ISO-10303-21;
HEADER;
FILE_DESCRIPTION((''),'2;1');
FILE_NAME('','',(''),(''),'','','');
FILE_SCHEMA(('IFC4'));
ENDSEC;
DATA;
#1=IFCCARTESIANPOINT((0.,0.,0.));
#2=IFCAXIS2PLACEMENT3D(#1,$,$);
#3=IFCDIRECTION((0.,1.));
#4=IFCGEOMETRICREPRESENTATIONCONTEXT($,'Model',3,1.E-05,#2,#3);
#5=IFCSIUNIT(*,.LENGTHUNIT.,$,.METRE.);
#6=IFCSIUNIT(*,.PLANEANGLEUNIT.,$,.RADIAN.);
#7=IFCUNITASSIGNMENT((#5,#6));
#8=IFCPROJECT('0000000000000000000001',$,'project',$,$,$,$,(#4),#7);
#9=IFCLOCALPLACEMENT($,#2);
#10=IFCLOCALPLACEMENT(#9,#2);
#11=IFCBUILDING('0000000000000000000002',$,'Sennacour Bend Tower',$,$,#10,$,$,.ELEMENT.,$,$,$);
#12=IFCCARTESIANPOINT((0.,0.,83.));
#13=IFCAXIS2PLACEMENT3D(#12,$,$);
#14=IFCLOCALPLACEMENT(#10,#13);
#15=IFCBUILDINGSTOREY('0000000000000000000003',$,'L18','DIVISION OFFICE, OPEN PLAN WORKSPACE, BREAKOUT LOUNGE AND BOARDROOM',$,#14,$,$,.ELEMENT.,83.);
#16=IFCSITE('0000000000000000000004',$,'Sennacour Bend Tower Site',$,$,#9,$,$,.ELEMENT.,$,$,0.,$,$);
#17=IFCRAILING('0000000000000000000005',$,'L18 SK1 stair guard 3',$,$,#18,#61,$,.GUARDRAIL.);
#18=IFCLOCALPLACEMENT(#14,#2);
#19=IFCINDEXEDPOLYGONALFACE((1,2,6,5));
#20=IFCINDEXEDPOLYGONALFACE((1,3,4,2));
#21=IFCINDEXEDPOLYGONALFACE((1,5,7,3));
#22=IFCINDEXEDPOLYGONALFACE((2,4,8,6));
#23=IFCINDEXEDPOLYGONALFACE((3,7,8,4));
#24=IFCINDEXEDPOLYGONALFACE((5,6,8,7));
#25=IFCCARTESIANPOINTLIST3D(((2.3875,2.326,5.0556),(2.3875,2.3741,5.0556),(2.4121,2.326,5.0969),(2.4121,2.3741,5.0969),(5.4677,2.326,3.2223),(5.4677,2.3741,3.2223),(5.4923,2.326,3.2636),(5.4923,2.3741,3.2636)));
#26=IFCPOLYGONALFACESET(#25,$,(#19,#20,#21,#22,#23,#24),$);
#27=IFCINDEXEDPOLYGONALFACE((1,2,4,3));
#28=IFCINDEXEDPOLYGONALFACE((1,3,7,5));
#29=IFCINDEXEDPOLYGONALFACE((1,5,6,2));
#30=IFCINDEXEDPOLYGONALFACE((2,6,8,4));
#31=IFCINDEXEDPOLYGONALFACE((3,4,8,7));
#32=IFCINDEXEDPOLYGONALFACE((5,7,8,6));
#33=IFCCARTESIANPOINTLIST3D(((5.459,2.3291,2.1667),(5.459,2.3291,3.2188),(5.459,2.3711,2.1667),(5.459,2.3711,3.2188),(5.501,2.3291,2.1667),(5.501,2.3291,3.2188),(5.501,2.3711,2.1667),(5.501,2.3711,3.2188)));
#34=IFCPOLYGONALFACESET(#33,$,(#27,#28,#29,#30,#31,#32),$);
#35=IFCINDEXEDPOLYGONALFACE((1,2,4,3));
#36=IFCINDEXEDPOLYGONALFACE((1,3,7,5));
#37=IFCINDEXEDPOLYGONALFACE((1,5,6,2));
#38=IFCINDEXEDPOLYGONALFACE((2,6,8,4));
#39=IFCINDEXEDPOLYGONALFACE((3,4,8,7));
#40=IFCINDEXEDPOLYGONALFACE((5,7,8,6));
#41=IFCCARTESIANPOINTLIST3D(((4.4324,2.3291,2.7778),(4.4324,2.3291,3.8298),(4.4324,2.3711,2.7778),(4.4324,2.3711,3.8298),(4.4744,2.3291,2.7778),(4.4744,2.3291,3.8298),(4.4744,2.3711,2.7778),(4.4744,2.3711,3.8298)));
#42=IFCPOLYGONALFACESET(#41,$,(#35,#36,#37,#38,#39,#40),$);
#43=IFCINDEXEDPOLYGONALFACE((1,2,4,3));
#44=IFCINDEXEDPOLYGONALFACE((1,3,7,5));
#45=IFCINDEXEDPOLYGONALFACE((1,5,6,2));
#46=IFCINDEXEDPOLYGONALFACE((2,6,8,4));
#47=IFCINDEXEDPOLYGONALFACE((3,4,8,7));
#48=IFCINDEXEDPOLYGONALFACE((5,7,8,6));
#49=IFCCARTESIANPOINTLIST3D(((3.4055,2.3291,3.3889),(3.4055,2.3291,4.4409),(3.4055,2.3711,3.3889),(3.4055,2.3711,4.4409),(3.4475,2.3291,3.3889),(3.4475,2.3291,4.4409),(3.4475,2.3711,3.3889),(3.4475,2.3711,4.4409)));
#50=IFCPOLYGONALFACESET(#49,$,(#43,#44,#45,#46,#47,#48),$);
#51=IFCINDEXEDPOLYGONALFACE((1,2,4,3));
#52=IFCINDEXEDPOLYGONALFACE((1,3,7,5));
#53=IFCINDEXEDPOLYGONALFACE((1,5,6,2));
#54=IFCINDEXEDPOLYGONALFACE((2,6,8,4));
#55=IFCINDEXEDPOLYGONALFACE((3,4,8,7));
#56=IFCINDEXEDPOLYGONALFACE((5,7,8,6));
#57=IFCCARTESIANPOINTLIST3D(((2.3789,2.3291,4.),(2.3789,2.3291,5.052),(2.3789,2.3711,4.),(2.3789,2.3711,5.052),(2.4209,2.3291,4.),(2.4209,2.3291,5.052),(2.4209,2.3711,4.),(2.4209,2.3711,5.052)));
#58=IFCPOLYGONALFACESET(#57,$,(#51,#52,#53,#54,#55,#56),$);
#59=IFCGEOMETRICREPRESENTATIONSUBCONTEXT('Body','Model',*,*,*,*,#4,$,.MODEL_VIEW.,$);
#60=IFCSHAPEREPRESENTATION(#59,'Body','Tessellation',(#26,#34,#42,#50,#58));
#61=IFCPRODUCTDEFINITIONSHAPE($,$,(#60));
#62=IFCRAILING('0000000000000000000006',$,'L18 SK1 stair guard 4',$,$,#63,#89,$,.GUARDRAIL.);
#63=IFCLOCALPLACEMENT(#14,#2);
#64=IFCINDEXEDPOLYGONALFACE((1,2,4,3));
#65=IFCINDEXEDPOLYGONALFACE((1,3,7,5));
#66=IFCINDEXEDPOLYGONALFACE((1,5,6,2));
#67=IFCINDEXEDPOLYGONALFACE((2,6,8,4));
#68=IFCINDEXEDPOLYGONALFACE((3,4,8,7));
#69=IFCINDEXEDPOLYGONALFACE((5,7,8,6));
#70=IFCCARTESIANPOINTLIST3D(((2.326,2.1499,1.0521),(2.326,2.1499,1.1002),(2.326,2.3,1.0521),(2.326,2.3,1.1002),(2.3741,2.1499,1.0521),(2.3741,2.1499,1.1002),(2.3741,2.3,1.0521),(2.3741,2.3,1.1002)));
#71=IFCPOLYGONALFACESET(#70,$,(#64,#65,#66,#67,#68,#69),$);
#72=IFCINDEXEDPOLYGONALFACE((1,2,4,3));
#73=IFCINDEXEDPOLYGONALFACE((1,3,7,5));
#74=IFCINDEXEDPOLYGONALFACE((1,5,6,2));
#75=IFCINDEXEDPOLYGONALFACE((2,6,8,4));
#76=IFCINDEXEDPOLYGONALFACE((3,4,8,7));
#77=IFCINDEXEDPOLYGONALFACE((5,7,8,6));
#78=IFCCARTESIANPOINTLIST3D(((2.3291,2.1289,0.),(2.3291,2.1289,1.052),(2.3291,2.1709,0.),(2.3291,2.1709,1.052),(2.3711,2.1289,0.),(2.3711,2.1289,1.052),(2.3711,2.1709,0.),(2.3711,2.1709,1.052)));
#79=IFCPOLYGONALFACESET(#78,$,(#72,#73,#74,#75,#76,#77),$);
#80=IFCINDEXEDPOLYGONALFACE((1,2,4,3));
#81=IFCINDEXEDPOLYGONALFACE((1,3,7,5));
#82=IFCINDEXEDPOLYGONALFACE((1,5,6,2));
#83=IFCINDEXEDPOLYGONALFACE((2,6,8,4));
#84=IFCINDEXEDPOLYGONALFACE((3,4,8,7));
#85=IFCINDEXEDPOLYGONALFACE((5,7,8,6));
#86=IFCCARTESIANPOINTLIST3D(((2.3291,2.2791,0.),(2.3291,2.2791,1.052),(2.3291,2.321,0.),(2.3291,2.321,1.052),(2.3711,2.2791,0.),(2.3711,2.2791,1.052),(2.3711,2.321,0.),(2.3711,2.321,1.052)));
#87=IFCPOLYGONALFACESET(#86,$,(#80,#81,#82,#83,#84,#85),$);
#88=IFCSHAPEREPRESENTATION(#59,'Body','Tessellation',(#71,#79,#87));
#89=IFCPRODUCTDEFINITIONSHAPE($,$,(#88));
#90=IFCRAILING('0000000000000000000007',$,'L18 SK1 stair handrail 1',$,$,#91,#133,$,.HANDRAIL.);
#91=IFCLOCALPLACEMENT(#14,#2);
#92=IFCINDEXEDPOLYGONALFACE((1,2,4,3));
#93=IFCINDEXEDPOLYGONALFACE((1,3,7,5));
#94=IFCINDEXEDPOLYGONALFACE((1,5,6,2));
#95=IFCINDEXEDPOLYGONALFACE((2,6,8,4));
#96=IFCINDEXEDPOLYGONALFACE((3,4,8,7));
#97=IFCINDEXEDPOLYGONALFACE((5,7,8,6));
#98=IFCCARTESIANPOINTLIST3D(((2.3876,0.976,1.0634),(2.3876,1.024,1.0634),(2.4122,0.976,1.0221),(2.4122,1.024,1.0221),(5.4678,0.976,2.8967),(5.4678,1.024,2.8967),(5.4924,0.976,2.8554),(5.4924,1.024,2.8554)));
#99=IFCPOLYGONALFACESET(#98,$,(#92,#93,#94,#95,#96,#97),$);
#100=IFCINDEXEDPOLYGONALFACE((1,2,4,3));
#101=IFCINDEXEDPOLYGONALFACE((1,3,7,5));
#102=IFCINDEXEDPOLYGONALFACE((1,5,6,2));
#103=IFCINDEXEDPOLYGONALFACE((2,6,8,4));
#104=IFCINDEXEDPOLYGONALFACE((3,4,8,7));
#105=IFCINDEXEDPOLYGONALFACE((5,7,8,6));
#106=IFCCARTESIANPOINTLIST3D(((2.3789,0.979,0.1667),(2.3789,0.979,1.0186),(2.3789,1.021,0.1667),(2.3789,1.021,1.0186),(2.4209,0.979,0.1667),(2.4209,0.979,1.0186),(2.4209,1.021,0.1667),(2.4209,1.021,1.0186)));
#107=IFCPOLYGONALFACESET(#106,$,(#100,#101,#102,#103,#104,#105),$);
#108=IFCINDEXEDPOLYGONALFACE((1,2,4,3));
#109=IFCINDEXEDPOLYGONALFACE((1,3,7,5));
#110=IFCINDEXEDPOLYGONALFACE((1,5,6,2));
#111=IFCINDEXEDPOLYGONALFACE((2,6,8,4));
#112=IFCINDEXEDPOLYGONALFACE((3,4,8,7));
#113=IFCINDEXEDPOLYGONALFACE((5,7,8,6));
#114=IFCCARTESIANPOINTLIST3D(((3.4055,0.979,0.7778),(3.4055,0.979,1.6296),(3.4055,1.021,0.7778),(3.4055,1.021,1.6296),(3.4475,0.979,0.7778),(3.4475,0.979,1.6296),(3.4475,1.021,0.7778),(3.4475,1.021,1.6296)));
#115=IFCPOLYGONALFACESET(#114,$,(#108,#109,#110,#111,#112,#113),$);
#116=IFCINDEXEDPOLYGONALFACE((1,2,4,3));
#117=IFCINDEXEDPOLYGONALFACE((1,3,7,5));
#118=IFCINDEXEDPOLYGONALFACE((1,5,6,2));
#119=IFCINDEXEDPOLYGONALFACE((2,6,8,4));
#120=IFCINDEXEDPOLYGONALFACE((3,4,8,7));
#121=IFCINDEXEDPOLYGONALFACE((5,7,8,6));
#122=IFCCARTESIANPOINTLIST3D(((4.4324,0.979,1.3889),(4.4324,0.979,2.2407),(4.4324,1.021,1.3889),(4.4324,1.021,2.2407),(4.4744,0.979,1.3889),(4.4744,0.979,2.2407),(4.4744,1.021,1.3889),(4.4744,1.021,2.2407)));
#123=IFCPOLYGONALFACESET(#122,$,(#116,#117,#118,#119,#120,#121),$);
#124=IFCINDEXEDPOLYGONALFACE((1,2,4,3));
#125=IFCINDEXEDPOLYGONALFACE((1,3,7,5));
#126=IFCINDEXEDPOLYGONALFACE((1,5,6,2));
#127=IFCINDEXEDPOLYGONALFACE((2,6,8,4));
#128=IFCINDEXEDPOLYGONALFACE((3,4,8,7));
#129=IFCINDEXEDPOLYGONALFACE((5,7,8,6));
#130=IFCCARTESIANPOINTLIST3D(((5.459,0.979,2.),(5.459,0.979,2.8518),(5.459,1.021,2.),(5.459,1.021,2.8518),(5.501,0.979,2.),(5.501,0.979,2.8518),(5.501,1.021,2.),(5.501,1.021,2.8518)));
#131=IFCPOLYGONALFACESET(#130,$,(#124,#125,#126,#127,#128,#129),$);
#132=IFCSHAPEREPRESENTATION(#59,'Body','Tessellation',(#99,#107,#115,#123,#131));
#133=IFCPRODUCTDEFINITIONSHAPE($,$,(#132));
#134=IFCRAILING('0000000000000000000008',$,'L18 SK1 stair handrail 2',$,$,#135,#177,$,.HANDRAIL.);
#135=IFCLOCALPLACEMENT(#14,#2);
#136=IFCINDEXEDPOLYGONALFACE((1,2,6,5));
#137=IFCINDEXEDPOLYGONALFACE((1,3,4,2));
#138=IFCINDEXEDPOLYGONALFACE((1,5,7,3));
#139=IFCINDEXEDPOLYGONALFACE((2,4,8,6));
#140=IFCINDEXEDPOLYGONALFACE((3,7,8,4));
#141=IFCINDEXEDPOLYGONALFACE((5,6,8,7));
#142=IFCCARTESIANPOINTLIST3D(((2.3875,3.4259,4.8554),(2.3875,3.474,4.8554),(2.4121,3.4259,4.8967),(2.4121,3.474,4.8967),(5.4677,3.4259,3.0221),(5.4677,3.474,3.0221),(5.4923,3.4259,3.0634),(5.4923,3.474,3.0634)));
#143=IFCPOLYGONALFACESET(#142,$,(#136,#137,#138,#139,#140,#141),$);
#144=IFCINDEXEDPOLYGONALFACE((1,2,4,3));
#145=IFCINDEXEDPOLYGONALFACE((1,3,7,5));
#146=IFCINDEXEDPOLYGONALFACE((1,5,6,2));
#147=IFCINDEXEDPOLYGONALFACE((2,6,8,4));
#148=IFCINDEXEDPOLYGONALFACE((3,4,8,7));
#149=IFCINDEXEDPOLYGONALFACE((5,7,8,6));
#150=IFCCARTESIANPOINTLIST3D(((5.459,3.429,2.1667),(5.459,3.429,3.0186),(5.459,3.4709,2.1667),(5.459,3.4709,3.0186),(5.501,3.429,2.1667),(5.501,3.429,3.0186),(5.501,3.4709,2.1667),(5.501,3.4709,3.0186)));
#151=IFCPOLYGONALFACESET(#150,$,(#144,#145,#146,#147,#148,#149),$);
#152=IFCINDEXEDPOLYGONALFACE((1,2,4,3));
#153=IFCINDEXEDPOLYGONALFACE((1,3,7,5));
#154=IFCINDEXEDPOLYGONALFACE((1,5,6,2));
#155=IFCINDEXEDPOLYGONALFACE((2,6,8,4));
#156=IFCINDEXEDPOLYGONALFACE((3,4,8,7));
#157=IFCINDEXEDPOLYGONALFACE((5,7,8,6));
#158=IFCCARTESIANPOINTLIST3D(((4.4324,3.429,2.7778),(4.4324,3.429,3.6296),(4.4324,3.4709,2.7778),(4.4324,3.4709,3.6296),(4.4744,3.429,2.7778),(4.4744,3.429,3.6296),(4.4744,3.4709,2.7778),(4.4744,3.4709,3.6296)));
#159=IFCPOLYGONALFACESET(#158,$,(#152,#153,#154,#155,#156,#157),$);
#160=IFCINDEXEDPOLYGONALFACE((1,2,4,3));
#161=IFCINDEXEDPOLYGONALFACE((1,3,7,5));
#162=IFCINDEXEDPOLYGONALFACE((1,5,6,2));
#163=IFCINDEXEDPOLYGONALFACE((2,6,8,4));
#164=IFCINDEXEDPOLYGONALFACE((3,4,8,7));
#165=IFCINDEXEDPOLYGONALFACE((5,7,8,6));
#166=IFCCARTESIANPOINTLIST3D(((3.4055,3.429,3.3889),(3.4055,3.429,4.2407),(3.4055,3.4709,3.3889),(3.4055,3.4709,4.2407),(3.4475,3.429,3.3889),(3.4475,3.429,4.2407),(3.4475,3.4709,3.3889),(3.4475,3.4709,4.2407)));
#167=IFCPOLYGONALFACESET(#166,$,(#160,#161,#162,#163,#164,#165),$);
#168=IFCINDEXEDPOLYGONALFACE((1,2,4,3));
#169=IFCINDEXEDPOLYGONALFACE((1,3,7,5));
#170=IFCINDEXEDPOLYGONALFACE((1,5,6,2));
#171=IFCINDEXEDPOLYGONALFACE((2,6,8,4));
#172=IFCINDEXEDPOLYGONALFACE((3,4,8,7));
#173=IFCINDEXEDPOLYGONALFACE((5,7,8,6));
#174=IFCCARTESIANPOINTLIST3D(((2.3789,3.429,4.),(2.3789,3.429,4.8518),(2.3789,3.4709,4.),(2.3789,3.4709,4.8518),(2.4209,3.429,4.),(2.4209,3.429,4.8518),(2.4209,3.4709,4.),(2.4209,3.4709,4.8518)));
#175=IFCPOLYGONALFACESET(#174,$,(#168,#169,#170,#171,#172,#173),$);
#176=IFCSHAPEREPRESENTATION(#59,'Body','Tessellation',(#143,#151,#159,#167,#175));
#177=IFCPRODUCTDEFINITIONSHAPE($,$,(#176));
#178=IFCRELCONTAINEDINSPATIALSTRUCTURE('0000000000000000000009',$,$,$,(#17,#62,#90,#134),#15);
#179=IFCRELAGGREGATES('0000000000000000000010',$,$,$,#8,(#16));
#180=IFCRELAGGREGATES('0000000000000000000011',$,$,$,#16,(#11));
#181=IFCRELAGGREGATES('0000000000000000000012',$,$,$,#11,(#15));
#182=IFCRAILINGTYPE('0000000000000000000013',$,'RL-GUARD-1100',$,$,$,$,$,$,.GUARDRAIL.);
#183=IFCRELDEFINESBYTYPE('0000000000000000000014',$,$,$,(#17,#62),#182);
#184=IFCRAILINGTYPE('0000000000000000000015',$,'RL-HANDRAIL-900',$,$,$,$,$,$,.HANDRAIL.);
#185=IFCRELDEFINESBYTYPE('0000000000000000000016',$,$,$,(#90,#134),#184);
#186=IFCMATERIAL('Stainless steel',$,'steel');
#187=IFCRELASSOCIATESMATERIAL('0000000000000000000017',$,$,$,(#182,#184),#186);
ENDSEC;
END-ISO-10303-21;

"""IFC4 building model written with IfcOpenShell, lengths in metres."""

from ifc_helpers import new_model, si_unit, direction, frame, origin, origin_2d, place, context, subcontext, project, spatial, rectangle, extrude, material, type_object, element, save


model = new_model("IFC4")

# Units and contexts
model_context = context("Model", 3, precision=1e-05, world=origin(), true_north=direction((0.0, 1.0)))
body_context = subcontext(model_context, "Body", "Model", "MODEL_VIEW")
ifc_project = project(units=[si_unit("LENGTHUNIT", "METRE"), si_unit("PLANEANGLEUNIT", "RADIAN")], contexts=[model_context])

# Site, building, storey
site_placement = place(None, origin())
site = spatial("IfcSite", under=ifc_project, at=site_placement, Name="Sennacour Bend Tower Site", CompositionType="ELEMENT", RefElevation=0.0)
building_placement = place(site_placement, origin())
building = spatial("IfcBuilding", under=site, at=building_placement, Name="Sennacour Bend Tower", CompositionType="ELEMENT")
storey_placement = place(building_placement, frame((0.0, 0.0, 83.0)))
storey = spatial("IfcBuildingStorey", under=building, at=storey_placement, Name="L18", Description="DIVISION OFFICE, OPEN PLAN WORKSPACE, BREAKOUT LOUNGE AND BOARDROOM", CompositionType="ELEMENT", Elevation=83.0)

# Railings
ifc_material_1 = material(Name="Stainless steel", Category="steel")
railing_type_1 = type_object("IfcRailingType", Name="RL-GUARD-1100", PredefinedType="GUARDRAIL", material=ifc_material_1)
railing_1_placement = place(storey_placement, frame((5.48, 2.3501, 2.1667)))
element("IfcRailing", 1, at=railing_1_placement, inside=storey, type_object=railing_type_1, Name="L18 SK1 stair guard 3", PredefinedType="GUARDRAIL", context=body_context, shape_type="SweptSolid", body=[
    extrude(rectangle(XDim=0.0481, YDim=0.0481, at=origin_2d()), frame((0.0, 0.0, 1.0762), z_axis=(-0.859309, 0.0, 0.511458), x_axis=(0.0, -1.0, 0.0)), (0.0, 0.0, 1.0), 3.5845),
    extrude(rectangle(XDim=0.042, YDim=0.042, at=origin_2d()), origin(), (0.0, 0.0, 1.0), 1.052),
    extrude(rectangle(XDim=0.042, YDim=0.042, at=origin_2d()), frame((-1.0266, 0.0, 0.6111)), (0.0, 0.0, 1.0), 1.052),
    extrude(rectangle(XDim=0.042, YDim=0.042, at=origin_2d()), frame((-2.0535, 0.0, 1.2222)), (0.0, 0.0, 1.0), 1.052),
    extrude(rectangle(XDim=0.042, YDim=0.042, at=origin_2d()), frame((-3.0801, 0.0, 1.8333)), (0.0, 0.0, 1.0), 1.052),
])
railing_2_placement = place(storey_placement, frame((2.3501, 2.1499, 0.0)))
element("IfcRailing", 2, at=railing_2_placement, inside=storey, type_object=railing_type_1, Name="L18 SK1 stair guard 4", PredefinedType="GUARDRAIL", context=body_context, shape_type="SweptSolid", body=[
    extrude(rectangle(XDim=0.0481, YDim=0.0481, at=origin_2d()), frame((0.0, 0.0, 1.0762), z_axis=(0.0, 1.0, 0.0), x_axis=(-1.0, 0.0, 0.0)), (0.0, 0.0, 1.0), 0.1501),
    extrude(rectangle(XDim=0.042, YDim=0.042, at=origin_2d()), origin(), (0.0, 0.0, 1.0), 1.052),
    extrude(rectangle(XDim=0.042, YDim=0.042, at=origin_2d()), frame((0.0, 0.1501, 0.0)), (0.0, 0.0, 1.0), 1.052),
])
railing_type_2 = type_object("IfcRailingType", Name="RL-HANDRAIL-900", PredefinedType="HANDRAIL", material=ifc_material_1)
railing_3_placement = place(storey_placement, frame((2.3999, 1.0, 0.1667)))
element("IfcRailing", 3, at=railing_3_placement, inside=storey, type_object=railing_type_2, Name="L18 SK1 stair handrail 1", PredefinedType="HANDRAIL", context=body_context, shape_type="SweptSolid", body=[
    extrude(rectangle(XDim=0.0481, YDim=0.0481, at=origin_2d()), frame((0.0, 0.0, 0.876), z_axis=(0.859309, 0.0, 0.511458), x_axis=(0.0, 1.0, 0.0)), (0.0, 0.0, 1.0), 3.5845),
    extrude(rectangle(XDim=0.042, YDim=0.042, at=origin_2d()), origin(), (0.0, 0.0, 1.0), 0.8518),
    extrude(rectangle(XDim=0.042, YDim=0.042, at=origin_2d()), frame((1.0266, 0.0, 0.6111)), (0.0, 0.0, 1.0), 0.8518),
    extrude(rectangle(XDim=0.042, YDim=0.042, at=origin_2d()), frame((2.0535, 0.0, 1.2222)), (0.0, 0.0, 1.0), 0.8518),
    extrude(rectangle(XDim=0.042, YDim=0.042, at=origin_2d()), frame((3.0801, 0.0, 1.8333)), (0.0, 0.0, 1.0), 0.8518),
])
railing_4_placement = place(storey_placement, frame((5.48, 3.45, 2.1667)))
element("IfcRailing", 4, at=railing_4_placement, inside=storey, type_object=railing_type_2, Name="L18 SK1 stair handrail 2", PredefinedType="HANDRAIL", context=body_context, shape_type="SweptSolid", body=[
    extrude(rectangle(XDim=0.0481, YDim=0.0481, at=origin_2d()), frame((0.0, 0.0, 0.876), z_axis=(-0.859309, 0.0, 0.511458), x_axis=(0.0, -1.0, 0.0)), (0.0, 0.0, 1.0), 3.5845),
    extrude(rectangle(XDim=0.042, YDim=0.042, at=origin_2d()), origin(), (0.0, 0.0, 1.0), 0.8518),
    extrude(rectangle(XDim=0.042, YDim=0.042, at=origin_2d()), frame((-1.0266, 0.0, 0.6111)), (0.0, 0.0, 1.0), 0.8518),
    extrude(rectangle(XDim=0.042, YDim=0.042, at=origin_2d()), frame((-2.0535, 0.0, 1.2222)), (0.0, 0.0, 1.0), 0.8518),
    extrude(rectangle(XDim=0.042, YDim=0.042, at=origin_2d()), frame((-3.0801, 0.0, 1.8333)), (0.0, 0.0, 1.0), 0.8518),
])

save(model, "model.ifc")
